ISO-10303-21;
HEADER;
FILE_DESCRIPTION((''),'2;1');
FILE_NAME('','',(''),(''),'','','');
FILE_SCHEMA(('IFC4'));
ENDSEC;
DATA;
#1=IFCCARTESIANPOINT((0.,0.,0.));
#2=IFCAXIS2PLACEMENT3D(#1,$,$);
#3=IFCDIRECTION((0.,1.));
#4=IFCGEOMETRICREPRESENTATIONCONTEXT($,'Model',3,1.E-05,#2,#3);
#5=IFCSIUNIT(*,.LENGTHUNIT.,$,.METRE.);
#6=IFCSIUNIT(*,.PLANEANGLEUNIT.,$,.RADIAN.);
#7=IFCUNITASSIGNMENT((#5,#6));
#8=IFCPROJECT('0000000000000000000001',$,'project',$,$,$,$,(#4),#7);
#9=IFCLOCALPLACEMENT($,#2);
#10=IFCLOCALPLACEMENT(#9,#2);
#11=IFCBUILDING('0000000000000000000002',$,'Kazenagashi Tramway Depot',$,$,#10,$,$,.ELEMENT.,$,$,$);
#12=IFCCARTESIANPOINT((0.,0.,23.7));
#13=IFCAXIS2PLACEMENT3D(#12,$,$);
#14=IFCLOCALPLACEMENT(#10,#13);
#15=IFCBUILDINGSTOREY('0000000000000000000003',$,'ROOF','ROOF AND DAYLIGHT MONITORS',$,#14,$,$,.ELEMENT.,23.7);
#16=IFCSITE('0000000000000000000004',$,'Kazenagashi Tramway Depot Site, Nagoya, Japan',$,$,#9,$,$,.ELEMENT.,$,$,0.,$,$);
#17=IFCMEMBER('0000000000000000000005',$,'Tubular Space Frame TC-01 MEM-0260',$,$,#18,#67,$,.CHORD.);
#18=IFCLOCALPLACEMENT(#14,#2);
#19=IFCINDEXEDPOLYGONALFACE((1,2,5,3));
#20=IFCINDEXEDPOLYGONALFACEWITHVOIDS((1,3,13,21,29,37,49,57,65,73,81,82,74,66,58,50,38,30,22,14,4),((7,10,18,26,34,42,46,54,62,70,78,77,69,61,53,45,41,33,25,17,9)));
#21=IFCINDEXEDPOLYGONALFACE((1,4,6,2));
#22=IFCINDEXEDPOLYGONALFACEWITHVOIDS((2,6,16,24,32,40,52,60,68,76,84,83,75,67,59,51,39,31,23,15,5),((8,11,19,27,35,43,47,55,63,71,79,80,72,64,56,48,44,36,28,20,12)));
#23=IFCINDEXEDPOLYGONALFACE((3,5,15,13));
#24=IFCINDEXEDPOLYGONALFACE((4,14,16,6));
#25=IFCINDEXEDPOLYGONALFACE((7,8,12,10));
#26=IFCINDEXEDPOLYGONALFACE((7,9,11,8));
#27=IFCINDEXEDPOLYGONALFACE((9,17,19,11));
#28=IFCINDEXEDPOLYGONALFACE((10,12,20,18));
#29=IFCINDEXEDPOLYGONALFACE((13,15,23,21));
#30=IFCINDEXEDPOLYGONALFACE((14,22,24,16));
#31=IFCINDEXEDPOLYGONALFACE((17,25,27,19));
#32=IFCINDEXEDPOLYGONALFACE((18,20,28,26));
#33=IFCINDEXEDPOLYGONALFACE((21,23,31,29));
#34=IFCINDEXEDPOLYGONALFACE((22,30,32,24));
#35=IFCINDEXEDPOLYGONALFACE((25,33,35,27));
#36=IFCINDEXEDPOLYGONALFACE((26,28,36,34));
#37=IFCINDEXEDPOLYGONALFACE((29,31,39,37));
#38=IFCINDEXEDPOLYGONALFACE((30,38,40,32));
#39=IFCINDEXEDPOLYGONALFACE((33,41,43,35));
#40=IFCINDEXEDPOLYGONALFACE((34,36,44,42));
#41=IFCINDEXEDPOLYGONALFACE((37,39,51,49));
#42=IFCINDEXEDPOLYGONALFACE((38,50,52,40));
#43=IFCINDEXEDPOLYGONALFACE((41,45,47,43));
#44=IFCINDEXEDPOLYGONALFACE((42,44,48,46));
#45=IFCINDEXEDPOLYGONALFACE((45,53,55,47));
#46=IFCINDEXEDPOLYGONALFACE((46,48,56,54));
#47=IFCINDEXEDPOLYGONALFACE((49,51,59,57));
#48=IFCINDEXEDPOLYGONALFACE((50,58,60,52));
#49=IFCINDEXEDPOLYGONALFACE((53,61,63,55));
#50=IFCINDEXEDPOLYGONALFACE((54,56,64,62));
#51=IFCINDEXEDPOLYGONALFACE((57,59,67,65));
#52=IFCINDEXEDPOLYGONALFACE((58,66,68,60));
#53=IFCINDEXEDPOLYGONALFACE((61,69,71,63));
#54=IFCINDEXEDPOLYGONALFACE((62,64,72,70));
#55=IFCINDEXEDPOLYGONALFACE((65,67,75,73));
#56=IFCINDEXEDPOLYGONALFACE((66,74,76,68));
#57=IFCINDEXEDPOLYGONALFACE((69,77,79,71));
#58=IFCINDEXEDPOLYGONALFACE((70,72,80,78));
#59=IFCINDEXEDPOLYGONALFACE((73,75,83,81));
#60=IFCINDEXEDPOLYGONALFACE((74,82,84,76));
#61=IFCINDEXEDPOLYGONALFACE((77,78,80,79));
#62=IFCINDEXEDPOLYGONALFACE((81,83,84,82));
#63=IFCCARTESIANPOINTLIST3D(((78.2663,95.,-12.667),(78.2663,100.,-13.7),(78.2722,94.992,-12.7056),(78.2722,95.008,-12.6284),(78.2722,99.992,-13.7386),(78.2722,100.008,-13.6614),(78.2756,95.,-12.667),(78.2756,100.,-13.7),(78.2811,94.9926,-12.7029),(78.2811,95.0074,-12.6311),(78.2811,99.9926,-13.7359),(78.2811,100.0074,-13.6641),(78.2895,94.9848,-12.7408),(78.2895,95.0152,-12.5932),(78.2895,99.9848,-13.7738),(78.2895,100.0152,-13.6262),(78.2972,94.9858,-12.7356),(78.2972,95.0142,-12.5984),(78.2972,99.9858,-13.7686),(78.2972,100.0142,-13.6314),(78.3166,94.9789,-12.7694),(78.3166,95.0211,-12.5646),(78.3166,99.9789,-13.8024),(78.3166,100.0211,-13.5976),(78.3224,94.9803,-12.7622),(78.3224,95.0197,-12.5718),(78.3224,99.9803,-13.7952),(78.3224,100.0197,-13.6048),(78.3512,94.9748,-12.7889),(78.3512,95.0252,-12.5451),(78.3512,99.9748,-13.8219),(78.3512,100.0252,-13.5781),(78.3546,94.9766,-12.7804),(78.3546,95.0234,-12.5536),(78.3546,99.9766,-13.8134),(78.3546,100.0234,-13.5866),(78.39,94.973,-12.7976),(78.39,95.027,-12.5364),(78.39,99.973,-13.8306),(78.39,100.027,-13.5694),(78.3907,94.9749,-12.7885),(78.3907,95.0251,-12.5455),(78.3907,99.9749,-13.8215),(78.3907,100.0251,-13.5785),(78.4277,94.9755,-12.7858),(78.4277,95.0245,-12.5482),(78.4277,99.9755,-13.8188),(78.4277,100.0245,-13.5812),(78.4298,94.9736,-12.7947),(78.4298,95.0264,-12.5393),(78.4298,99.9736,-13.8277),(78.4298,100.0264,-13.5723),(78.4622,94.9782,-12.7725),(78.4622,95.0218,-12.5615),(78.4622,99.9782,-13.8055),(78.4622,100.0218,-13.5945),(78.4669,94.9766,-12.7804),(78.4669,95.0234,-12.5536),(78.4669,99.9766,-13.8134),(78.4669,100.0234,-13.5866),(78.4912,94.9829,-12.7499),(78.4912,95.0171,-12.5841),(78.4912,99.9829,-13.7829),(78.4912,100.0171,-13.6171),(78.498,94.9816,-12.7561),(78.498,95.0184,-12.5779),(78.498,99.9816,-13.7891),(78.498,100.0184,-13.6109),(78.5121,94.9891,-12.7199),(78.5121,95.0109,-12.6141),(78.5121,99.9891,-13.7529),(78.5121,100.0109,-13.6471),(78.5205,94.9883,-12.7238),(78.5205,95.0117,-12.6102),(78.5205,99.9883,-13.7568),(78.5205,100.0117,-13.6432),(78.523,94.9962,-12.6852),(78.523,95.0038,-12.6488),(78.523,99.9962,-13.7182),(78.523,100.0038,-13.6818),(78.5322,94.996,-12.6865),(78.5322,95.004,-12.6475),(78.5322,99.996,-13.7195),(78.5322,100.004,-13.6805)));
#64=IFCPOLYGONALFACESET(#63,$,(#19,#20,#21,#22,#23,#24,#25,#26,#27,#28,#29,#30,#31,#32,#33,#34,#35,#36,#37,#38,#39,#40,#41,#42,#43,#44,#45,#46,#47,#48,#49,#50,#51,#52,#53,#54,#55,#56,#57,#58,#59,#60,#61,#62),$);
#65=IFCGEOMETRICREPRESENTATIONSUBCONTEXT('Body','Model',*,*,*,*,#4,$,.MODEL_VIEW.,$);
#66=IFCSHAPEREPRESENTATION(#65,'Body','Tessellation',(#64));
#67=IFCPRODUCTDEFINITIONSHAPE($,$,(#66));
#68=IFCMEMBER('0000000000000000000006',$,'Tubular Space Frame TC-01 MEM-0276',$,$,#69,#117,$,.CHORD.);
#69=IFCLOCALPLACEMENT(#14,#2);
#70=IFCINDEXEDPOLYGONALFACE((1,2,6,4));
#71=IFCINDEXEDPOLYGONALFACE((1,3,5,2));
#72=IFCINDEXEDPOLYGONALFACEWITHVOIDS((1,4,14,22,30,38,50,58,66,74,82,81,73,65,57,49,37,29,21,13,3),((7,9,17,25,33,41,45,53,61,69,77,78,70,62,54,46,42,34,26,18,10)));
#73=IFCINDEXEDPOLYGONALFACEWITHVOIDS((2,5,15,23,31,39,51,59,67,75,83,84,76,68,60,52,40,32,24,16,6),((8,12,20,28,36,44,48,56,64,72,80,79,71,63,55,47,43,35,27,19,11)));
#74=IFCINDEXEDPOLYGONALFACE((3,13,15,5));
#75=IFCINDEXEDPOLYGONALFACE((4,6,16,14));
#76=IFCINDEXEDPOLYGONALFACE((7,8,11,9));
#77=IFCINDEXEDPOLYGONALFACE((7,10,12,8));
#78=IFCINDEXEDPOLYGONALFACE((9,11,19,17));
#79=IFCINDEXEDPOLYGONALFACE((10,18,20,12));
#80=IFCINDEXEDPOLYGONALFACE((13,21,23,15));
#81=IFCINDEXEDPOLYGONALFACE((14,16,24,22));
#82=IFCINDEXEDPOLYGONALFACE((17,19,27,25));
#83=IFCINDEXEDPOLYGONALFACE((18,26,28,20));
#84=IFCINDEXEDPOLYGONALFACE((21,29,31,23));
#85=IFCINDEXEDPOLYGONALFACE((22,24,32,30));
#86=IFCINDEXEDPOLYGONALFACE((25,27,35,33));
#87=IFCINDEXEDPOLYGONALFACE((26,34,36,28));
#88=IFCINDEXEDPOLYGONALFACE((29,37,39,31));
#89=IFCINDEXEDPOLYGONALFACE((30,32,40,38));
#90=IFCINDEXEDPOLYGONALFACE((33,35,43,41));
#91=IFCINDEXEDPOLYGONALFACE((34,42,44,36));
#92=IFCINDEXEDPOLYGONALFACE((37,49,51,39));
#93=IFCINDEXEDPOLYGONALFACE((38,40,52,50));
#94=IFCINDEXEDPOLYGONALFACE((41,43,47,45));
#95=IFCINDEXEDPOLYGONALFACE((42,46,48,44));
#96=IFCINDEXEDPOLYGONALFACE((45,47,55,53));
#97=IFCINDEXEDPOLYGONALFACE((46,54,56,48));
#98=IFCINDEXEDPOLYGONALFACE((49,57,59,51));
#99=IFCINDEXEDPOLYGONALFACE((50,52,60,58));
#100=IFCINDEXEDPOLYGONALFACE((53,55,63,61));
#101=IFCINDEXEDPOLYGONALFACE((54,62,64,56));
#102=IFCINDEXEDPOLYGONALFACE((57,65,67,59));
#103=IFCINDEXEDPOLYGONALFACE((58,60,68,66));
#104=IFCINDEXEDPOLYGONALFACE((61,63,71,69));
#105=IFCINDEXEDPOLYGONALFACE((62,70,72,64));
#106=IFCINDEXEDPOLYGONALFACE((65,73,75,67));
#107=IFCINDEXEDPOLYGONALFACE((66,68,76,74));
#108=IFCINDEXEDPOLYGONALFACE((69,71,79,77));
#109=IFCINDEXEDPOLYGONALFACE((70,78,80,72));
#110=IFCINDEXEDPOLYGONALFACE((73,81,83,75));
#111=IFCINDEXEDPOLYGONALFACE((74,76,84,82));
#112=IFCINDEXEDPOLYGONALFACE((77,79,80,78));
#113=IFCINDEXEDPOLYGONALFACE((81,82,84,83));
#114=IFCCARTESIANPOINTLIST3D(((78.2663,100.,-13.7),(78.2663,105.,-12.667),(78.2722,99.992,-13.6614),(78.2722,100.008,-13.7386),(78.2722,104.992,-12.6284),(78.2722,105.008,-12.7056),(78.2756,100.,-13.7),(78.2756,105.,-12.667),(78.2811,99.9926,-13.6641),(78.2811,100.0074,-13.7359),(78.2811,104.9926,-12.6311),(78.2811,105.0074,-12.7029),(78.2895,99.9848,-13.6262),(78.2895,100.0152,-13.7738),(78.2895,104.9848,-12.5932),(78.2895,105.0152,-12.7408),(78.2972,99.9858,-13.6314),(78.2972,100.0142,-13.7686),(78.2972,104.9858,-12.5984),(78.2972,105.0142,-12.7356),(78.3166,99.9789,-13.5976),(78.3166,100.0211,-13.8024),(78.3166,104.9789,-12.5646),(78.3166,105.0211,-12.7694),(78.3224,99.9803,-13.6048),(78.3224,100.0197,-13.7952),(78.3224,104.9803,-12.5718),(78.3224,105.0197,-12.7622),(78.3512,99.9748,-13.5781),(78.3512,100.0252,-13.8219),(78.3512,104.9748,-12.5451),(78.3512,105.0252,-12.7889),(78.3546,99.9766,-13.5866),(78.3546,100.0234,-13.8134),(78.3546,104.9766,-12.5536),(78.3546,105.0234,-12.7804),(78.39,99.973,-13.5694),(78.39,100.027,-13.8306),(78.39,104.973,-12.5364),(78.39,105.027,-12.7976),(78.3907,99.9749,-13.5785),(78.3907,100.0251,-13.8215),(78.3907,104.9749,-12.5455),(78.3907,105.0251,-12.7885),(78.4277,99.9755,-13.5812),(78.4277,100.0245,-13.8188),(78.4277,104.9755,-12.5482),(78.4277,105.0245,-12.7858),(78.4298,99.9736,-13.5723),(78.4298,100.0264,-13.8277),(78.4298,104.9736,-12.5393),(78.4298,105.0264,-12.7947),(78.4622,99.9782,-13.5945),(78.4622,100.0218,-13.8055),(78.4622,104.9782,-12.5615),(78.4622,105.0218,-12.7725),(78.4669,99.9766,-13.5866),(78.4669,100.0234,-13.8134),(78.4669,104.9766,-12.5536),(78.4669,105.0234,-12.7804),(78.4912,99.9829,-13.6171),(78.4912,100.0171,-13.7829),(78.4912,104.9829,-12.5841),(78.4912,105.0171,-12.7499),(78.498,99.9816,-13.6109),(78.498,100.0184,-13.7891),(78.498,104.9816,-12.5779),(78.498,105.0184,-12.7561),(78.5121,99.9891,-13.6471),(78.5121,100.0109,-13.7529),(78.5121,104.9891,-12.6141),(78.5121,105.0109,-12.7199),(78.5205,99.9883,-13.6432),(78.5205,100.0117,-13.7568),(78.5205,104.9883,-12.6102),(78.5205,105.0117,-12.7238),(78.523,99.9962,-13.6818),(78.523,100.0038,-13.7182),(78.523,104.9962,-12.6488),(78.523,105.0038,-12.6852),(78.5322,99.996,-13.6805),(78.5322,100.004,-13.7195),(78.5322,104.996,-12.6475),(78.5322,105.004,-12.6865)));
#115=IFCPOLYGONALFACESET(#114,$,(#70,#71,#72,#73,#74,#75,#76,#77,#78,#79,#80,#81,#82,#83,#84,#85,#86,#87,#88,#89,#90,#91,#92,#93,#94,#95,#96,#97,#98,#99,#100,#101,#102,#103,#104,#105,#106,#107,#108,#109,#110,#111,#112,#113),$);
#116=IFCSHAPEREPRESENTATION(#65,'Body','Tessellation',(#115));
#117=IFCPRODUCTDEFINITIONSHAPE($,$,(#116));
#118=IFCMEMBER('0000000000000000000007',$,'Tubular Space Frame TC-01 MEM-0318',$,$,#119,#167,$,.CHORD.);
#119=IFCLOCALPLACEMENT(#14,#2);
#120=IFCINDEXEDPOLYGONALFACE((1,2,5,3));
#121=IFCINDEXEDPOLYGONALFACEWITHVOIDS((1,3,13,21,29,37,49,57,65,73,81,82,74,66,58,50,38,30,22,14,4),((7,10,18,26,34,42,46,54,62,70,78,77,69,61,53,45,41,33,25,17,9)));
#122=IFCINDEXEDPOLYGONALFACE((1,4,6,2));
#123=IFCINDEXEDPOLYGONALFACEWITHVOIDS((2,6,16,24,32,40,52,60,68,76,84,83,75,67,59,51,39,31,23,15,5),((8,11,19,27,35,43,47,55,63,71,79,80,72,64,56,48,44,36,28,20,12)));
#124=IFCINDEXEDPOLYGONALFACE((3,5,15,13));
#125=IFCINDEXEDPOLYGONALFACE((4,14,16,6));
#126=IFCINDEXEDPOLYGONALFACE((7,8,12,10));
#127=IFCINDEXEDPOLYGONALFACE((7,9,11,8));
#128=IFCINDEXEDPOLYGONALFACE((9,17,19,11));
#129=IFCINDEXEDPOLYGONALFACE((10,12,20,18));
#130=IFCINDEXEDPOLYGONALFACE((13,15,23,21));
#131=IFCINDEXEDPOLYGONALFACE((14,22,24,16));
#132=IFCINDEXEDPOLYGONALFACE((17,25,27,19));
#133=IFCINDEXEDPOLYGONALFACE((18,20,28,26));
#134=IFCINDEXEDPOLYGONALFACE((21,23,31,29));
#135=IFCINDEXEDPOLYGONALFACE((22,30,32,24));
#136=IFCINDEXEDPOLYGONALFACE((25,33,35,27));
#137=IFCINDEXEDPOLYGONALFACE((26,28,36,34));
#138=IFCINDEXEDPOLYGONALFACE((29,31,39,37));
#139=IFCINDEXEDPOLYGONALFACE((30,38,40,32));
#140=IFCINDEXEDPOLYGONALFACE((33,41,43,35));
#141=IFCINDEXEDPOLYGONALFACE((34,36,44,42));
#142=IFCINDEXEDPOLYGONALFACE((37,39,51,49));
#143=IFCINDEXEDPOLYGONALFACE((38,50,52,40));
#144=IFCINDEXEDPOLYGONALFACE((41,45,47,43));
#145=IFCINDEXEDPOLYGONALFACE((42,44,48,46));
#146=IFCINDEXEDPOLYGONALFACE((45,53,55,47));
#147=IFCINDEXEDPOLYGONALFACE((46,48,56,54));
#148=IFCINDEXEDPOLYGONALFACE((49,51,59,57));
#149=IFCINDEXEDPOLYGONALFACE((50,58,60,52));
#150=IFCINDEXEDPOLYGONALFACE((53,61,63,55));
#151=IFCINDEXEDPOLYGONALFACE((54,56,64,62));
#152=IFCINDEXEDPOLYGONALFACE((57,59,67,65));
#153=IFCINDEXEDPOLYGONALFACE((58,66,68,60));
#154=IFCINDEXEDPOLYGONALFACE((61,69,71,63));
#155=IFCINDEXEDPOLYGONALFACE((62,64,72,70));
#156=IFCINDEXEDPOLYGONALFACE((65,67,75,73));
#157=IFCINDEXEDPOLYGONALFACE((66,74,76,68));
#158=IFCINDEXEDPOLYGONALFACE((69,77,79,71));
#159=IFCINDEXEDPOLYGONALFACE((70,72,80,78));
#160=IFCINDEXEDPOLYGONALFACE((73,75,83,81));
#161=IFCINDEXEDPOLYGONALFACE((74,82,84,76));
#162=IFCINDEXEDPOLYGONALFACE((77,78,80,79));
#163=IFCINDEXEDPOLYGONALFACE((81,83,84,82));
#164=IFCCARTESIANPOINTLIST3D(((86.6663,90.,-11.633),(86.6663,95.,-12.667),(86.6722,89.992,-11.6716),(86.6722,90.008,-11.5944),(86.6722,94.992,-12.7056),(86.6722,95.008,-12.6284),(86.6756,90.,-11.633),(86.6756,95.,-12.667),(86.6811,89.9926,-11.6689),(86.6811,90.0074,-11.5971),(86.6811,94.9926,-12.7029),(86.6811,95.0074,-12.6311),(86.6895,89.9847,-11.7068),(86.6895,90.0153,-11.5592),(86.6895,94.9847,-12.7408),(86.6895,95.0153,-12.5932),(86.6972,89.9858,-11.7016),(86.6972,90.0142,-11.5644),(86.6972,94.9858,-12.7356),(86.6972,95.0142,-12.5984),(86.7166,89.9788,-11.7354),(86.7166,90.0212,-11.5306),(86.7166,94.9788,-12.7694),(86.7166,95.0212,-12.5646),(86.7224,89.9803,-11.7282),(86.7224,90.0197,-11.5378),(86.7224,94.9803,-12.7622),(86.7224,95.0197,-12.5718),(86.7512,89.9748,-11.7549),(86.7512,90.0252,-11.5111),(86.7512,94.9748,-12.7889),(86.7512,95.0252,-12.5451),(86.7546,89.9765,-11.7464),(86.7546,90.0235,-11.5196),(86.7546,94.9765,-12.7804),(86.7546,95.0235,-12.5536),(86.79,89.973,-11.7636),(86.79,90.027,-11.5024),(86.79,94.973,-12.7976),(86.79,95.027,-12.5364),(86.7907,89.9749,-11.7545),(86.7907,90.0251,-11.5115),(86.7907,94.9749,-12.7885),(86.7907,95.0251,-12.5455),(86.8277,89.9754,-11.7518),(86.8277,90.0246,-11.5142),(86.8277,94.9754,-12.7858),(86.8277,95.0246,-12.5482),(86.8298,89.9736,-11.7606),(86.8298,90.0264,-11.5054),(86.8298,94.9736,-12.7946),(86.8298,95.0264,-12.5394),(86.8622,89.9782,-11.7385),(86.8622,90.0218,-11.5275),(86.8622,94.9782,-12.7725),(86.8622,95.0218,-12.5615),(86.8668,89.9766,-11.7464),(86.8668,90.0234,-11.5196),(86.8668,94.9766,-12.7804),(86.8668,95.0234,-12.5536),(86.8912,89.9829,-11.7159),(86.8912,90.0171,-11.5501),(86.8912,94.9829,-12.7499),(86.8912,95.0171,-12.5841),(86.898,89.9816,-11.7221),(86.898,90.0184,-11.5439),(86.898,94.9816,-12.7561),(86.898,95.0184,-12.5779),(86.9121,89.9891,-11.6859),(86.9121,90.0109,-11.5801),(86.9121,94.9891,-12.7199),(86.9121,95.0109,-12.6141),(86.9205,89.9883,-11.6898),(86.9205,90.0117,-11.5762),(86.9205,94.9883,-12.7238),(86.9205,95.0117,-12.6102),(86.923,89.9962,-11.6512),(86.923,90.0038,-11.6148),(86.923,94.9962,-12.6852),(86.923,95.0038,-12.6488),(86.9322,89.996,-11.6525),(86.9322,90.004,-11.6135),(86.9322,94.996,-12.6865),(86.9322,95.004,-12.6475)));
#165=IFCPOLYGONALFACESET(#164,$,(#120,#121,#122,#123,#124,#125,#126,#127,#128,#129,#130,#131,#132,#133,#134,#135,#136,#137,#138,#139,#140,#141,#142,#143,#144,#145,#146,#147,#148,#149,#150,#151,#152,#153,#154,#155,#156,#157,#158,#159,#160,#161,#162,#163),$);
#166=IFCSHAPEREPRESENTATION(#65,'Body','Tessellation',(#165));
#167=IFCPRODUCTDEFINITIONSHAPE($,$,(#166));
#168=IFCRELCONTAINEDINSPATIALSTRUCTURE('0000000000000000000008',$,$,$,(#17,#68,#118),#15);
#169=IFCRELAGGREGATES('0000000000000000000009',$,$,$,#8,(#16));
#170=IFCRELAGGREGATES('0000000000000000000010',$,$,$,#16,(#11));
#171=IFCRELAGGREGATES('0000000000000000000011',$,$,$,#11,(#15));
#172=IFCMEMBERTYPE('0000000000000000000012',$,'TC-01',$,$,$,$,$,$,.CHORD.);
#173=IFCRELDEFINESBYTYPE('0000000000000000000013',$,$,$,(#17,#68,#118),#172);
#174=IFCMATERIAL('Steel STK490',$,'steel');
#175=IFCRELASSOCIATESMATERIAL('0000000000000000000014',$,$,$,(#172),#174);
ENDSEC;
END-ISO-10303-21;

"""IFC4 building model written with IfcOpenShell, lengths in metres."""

from ifc_helpers import new_model, si_unit, direction, frame, origin, origin_2d, place, context, subcontext, project, spatial, hollow_circle, extrude, material, material_profile, profile_set, type_object, element, save


model = new_model("IFC4")

# Units and contexts
model_context = context("Model", 3, precision=1e-05, world=origin(), true_north=direction((0.0, 1.0)))
body_context = subcontext(model_context, "Body", "Model", "MODEL_VIEW")
ifc_project = project(units=[si_unit("LENGTHUNIT", "METRE"), si_unit("PLANEANGLEUNIT", "RADIAN")], contexts=[model_context])

# Site, building, storey
site_placement = place(None, origin())
site = spatial("IfcSite", under=ifc_project, at=site_placement, Name="Kazenagashi Tramway Depot Site, Nagoya, Japan", CompositionType="ELEMENT", RefElevation=0.0)
building_placement = place(site_placement, origin())
building = spatial("IfcBuilding", under=site, at=building_placement, Name="Kazenagashi Tramway Depot", CompositionType="ELEMENT")
storey_placement = place(building_placement, frame((0.0, 0.0, 23.7)))
storey = spatial("IfcBuildingStorey", under=building, at=storey_placement, Name="ROOF", Description="ROOF AND DAYLIGHT MONITORS", CompositionType="ELEMENT", Elevation=23.7)

# Members
ifc_material_1 = material(Name="Steel STK490", Category="steel")
ifc_material_profile_1 = material_profile(ifc_material_1, hollow_circle(Radius=0.1337, WallThickness=0.0093, at=origin_2d()), Name="CHS-267.4x9.3")
ifc_profile_set_1 = profile_set([ifc_material_profile_1], Name="Steel STK490")
member_type_1 = type_object("IfcMemberType", Name="TC-01", PredefinedType="CHORD", material=ifc_profile_set_1)
for number, where, z_axis, x_axis, name in (
    (1, (78.4, 95.0, -12.667), (0.0, 0.979318, -0.202327), (-1.0, 0.0, 0.0), "Tubular Space Frame TC-01 MEM-0260"),
    (2, (78.4, 100.0, -13.7), (0.0, 0.979318, 0.202327), (-1.0, 0.0, 0.0), "Tubular Space Frame TC-01 MEM-0276"),
):
    element("IfcMember", number, at=place(storey_placement, frame(where, z_axis=z_axis, x_axis=x_axis)), inside=storey, type_object=member_type_1, Name=name, PredefinedType="CHORD", context=body_context, shape_type="SweptSolid", body=[
        extrude(hollow_circle(Radius=0.1337, WallThickness=0.0093, at=origin_2d()), origin(), (0.0, 0.0, 1.0), 5.1056),
    ])
member_1_placement = place(storey_placement, frame((86.8, 90.0, -11.633), z_axis=(0.0, 0.979279, -0.202515), x_axis=(-1.0, 0.0, 0.0)))
element("IfcMember", 3, at=member_1_placement, inside=storey, type_object=member_type_1, Name="Tubular Space Frame TC-01 MEM-0318", PredefinedType="CHORD", context=body_context, shape_type="SweptSolid", body=[
    extrude(hollow_circle(Radius=0.1337, WallThickness=0.0093, at=origin_2d()), origin(), (0.0, 0.0, 1.0), 5.1058),
])

save(model, "model.ifc")
